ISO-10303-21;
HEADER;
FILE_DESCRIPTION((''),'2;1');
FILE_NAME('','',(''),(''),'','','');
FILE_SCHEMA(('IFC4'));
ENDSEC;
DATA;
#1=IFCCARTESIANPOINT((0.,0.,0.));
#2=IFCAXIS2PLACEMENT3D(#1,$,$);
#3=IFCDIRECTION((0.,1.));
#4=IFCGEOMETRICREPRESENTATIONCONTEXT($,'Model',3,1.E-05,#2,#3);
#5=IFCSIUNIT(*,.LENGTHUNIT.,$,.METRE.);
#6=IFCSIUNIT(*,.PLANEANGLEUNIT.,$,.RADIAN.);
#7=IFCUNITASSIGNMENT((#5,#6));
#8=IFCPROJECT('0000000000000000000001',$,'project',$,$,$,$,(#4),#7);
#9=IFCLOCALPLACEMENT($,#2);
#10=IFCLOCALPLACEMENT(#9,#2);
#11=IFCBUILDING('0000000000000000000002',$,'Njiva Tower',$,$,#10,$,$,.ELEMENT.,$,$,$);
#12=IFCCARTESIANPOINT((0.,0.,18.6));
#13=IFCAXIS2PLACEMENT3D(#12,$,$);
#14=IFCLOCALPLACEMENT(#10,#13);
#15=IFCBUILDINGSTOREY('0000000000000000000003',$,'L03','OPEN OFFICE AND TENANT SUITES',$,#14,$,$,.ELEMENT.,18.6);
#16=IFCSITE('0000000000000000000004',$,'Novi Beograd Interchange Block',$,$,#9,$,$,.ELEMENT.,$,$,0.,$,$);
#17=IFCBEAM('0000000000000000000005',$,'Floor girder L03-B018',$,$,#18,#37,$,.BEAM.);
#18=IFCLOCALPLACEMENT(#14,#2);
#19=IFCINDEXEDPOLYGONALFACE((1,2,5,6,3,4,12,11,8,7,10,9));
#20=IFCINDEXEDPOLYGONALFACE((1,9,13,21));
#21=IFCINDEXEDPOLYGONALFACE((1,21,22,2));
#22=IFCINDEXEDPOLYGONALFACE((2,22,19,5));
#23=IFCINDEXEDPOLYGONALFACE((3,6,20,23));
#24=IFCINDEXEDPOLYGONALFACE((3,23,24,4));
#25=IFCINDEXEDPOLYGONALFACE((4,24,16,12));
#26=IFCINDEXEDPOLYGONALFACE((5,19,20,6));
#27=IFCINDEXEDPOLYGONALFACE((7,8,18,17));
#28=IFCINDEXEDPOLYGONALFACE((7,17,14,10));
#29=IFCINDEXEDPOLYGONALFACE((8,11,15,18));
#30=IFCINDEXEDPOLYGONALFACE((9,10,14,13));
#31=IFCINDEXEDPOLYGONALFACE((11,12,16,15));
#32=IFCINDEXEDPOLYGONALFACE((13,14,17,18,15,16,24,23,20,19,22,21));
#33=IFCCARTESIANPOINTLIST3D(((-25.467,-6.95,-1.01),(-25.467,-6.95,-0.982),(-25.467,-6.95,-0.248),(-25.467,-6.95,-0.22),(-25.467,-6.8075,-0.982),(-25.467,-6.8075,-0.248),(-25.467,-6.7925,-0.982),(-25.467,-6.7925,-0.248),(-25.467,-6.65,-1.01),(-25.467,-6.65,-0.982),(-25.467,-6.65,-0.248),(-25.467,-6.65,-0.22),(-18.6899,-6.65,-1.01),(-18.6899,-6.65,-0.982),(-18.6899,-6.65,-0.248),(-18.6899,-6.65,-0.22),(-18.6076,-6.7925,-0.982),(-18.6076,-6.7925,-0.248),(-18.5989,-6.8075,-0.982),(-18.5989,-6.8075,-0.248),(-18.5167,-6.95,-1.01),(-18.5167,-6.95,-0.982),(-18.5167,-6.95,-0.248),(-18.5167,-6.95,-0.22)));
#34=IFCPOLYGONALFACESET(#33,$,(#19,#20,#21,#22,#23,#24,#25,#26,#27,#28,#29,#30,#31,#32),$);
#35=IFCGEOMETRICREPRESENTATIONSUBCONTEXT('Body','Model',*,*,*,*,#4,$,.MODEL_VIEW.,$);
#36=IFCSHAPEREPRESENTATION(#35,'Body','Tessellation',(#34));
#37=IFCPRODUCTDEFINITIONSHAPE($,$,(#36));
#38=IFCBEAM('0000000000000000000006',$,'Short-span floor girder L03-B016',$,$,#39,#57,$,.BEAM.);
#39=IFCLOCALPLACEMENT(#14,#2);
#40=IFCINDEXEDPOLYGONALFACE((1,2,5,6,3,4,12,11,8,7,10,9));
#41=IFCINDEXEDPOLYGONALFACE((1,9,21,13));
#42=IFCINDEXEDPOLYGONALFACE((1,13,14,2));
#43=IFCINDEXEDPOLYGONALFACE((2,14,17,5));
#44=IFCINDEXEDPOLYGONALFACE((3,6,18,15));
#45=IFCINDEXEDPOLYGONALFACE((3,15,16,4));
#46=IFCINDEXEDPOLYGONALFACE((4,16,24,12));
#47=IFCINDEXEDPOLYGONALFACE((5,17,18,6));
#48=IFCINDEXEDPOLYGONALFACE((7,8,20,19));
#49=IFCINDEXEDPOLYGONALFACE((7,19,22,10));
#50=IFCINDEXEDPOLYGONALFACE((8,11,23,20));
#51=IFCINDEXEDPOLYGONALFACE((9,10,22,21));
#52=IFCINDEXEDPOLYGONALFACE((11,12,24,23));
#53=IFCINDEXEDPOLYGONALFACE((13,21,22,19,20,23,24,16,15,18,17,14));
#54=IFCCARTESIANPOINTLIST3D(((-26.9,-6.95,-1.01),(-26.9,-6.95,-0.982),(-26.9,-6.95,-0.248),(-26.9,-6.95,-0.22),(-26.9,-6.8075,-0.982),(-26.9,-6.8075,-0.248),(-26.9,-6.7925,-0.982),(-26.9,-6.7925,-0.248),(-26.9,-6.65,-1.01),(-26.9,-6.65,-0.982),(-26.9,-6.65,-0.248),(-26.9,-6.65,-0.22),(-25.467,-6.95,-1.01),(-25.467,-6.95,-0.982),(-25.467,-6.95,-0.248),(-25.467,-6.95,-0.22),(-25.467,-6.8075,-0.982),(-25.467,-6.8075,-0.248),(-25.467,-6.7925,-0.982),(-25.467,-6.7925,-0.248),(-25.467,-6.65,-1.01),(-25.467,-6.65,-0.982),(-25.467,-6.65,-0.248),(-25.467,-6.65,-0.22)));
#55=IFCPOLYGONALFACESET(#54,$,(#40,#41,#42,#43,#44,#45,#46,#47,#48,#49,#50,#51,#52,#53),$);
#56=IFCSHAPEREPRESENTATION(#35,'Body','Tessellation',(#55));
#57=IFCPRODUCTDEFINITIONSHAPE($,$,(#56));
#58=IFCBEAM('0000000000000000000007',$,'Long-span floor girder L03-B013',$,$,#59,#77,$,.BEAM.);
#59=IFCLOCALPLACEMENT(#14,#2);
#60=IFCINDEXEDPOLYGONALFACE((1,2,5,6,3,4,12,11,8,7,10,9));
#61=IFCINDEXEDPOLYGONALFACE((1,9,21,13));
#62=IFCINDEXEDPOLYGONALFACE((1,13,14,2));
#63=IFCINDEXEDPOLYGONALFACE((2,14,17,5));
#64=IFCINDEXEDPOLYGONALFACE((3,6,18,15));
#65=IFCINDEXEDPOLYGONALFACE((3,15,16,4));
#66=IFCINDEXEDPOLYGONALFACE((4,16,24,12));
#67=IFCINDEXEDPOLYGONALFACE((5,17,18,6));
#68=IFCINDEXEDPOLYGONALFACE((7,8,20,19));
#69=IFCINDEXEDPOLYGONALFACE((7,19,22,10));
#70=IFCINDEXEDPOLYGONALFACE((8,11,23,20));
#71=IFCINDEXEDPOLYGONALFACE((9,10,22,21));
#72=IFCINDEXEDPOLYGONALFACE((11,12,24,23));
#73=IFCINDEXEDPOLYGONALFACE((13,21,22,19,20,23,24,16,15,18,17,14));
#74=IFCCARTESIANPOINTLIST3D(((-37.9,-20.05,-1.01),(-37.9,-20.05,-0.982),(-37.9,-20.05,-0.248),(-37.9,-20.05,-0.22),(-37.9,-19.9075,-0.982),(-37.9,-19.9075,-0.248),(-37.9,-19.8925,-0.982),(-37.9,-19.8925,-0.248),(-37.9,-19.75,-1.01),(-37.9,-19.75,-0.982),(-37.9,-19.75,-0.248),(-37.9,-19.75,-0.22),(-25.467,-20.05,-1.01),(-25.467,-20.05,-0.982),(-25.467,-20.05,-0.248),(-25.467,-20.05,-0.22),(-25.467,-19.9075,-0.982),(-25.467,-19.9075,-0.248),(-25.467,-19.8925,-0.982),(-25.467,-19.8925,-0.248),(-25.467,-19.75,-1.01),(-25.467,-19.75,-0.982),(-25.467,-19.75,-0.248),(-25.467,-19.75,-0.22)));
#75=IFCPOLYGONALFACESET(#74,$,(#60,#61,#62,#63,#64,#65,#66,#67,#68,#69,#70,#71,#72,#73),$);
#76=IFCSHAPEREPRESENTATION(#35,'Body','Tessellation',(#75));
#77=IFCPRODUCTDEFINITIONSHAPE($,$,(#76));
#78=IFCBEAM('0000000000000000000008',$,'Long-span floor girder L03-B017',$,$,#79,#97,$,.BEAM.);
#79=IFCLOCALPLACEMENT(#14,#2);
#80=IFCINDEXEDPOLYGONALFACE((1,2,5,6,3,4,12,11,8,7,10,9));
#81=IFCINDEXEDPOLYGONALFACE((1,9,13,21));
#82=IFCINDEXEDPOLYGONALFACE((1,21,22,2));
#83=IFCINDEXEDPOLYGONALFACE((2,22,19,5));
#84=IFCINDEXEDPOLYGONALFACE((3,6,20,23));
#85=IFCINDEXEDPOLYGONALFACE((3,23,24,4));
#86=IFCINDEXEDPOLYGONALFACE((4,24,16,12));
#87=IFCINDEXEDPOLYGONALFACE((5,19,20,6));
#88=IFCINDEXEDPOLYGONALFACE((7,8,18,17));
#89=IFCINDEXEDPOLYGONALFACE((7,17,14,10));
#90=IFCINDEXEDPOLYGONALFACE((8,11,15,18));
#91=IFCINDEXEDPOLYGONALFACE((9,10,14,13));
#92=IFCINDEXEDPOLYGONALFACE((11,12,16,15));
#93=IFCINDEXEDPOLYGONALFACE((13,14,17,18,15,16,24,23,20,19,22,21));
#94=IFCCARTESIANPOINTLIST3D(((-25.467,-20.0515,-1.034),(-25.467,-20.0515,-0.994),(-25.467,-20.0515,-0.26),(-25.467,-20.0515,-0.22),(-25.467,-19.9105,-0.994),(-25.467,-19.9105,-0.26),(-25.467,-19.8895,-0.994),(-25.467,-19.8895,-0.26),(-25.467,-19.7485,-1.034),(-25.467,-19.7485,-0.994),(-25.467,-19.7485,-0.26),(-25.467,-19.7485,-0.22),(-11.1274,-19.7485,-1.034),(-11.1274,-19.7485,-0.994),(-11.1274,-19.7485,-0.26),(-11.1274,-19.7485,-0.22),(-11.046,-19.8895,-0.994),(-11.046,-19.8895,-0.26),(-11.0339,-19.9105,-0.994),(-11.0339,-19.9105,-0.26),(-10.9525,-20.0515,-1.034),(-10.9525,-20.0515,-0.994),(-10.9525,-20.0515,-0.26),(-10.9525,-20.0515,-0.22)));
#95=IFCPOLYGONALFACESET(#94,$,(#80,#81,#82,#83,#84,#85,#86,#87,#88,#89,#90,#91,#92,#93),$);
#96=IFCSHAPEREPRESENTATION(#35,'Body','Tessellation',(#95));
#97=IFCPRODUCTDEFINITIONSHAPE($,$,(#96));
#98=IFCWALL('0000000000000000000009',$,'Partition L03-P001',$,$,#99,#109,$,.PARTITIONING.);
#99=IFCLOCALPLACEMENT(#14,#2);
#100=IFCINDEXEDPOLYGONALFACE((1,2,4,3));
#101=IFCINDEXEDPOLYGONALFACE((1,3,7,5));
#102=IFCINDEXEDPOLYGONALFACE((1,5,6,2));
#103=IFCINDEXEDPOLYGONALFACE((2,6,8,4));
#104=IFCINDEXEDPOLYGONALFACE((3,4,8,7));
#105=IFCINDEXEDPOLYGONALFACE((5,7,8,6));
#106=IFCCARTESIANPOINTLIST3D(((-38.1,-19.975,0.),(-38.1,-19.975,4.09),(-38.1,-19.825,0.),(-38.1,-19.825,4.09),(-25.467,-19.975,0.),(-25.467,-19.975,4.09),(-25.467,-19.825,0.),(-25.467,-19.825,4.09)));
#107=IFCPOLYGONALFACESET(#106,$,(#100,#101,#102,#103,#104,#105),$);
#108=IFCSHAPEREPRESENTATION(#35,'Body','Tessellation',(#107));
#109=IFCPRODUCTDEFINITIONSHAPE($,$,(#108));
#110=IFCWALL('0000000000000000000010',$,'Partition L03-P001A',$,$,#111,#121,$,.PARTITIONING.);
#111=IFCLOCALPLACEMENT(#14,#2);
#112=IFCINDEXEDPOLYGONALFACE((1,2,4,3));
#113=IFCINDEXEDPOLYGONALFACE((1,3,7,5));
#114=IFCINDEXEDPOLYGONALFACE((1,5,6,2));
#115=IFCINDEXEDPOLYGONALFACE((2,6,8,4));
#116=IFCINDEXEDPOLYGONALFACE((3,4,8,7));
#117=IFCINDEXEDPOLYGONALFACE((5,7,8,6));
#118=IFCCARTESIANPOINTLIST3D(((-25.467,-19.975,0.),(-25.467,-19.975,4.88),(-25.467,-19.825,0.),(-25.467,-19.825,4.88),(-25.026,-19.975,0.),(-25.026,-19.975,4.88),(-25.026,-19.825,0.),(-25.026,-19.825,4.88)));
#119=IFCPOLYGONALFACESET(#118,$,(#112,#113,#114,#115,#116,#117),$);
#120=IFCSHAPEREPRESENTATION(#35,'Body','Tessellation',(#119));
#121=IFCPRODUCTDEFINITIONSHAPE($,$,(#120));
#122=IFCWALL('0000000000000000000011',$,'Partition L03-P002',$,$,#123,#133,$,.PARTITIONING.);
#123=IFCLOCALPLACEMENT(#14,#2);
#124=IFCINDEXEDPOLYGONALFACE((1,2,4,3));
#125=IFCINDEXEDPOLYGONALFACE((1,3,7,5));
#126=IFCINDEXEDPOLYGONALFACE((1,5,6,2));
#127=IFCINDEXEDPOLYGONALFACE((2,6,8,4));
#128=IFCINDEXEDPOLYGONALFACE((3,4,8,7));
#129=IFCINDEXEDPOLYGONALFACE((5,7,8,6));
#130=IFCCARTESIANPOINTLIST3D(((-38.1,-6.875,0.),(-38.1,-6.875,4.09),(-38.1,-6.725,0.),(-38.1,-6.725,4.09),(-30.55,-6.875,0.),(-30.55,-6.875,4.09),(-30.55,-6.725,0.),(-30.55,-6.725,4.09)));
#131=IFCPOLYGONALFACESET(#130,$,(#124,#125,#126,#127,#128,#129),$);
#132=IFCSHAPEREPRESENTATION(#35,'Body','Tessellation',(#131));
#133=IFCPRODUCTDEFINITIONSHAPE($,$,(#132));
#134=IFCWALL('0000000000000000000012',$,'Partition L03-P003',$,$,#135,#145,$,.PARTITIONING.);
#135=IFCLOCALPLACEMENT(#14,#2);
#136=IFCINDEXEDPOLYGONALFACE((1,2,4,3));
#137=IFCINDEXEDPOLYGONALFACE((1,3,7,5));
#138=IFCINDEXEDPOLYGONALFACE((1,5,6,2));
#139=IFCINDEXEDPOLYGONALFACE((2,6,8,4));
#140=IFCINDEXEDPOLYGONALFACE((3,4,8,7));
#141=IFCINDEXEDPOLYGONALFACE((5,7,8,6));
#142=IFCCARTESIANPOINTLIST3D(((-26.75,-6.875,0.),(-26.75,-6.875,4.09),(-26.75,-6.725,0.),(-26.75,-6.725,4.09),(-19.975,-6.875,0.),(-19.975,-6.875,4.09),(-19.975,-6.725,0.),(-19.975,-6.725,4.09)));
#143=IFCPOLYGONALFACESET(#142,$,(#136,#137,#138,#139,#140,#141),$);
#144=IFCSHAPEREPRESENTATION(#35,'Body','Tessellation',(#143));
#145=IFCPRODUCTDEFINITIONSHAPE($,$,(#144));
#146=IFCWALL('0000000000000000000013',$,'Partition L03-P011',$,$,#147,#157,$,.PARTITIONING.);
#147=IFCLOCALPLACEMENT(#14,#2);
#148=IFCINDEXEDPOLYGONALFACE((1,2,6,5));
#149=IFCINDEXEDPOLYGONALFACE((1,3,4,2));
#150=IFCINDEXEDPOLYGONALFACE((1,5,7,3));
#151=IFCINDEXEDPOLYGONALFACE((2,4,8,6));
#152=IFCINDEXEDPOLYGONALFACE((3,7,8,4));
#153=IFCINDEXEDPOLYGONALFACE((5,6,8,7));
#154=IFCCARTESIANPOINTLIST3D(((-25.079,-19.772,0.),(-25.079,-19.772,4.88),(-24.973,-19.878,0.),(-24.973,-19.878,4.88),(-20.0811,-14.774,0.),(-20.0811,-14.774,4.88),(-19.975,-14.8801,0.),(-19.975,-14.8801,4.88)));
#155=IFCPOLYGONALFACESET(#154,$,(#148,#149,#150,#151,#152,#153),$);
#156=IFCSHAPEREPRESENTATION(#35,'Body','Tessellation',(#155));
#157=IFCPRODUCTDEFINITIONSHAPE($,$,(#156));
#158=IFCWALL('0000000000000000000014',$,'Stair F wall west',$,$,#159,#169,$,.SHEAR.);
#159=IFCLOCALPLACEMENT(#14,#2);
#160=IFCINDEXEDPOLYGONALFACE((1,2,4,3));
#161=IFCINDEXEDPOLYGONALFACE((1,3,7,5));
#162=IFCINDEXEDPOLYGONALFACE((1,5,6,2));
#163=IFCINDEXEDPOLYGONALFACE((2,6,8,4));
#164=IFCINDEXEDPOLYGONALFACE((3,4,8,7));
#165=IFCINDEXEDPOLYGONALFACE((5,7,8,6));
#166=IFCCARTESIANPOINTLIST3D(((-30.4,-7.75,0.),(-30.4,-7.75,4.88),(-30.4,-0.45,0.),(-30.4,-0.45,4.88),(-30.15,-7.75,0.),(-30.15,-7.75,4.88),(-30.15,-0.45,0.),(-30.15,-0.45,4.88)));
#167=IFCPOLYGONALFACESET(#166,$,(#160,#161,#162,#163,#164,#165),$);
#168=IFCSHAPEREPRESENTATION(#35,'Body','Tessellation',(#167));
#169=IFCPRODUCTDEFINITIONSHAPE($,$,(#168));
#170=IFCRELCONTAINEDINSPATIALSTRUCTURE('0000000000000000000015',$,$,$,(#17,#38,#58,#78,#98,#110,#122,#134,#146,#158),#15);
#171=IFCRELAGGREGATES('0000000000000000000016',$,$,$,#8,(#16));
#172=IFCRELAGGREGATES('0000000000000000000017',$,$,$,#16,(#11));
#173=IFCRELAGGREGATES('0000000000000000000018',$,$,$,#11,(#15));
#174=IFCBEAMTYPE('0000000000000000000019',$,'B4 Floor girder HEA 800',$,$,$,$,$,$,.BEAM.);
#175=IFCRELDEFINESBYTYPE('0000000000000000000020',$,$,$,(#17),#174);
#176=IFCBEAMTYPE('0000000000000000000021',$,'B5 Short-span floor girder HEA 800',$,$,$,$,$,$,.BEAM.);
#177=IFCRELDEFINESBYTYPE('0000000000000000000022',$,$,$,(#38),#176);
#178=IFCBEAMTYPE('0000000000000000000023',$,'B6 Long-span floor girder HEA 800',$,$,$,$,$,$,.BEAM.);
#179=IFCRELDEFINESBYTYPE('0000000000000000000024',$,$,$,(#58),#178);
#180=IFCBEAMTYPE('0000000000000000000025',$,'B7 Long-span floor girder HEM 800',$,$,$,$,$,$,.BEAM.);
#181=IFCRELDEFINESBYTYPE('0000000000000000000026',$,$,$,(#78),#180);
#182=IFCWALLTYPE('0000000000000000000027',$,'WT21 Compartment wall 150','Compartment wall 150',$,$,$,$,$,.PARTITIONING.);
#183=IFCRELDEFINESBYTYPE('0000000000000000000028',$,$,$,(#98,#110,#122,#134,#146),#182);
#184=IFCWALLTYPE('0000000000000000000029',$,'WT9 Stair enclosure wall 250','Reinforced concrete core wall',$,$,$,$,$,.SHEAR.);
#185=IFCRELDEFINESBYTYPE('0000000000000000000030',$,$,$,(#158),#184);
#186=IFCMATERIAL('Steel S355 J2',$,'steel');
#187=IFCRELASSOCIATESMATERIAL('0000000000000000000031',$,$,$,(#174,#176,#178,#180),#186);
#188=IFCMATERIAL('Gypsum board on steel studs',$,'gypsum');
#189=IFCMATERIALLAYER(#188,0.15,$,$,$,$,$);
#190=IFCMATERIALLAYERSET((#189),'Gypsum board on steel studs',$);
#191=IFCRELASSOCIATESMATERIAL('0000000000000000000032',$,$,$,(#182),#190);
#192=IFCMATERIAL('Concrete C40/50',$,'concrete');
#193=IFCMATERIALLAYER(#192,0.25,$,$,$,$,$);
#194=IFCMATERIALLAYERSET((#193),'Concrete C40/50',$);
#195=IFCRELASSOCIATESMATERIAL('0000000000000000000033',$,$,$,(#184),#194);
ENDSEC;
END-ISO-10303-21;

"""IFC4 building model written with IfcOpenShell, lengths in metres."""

from ifc_helpers import new_model, si_unit, direction, frame, frame_2d, origin, origin_2d, place, context, subcontext, project, spatial, rectangle, i_section, extrude, clip, halfspace, material, layer, layer_set, material_profile, profile_set, type_object, element, save


model = new_model("IFC4")

# Units and contexts
model_context = context("Model", 3, precision=1e-05, world=origin(), true_north=direction((0.0, 1.0)))
body_context = subcontext(model_context, "Body", "Model", "MODEL_VIEW")
ifc_project = project(units=[si_unit("LENGTHUNIT", "METRE"), si_unit("PLANEANGLEUNIT", "RADIAN")], contexts=[model_context])

# Site, building, storey
site_placement = place(None, origin())
site = spatial("IfcSite", under=ifc_project, at=site_placement, Name="Novi Beograd Interchange Block", CompositionType="ELEMENT", RefElevation=0.0)
building_placement = place(site_placement, origin())
building = spatial("IfcBuilding", under=site, at=building_placement, Name="Njiva Tower", CompositionType="ELEMENT")
storey_placement = place(building_placement, frame((0.0, 0.0, 18.6)))
storey = spatial("IfcBuildingStorey", under=building, at=storey_placement, Name="L03", Description="OPEN OFFICE AND TENANT SUITES", CompositionType="ELEMENT", Elevation=18.6)

# Shared definitions
ifc_material_1 = material(Name="Steel S355 J2", Category="steel")

# Beams
ifc_material_profile_1 = material_profile(ifc_material_1, i_section(OverallWidth=0.3, OverallDepth=0.79, WebThickness=0.015, FlangeThickness=0.028, at=origin_2d()), Name="HEA 800")
ifc_profile_set_1 = profile_set([ifc_material_profile_1], Name="Steel S355 J2")
beam_type_1 = type_object("IfcBeamType", Name="B4 Floor girder HEA 800", PredefinedType="BEAM", material=ifc_profile_set_1)
beam_1_placement = place(storey_placement, frame((-25.467, -6.8, -0.615), z_axis=(1.0, 0.0, 0.0), x_axis=(0.0, 1.0, 0.0)))
element("IfcBeam", 1, at=beam_1_placement, inside=storey, type_object=beam_type_1, Name="Floor girder L03-B018", PredefinedType="BEAM", context=body_context, shape_type="Clipping", body=[
    clip(extrude(i_section(OverallWidth=0.3, OverallDepth=0.79, WebThickness=0.015, FlangeThickness=0.028, at=origin_2d()), origin(), (0.0, 0.0, 1.0), 6.971), halfspace(frame((0.025, 0.0, 6.8493), z_axis=(0.499998, 0.0, 0.866027), x_axis=(0.0, 1.0, 0.0)), False)),
])
ifc_material_profile_2 = material_profile(ifc_material_1, i_section(OverallWidth=0.3, OverallDepth=0.79, WebThickness=0.015, FlangeThickness=0.028, at=origin_2d()), Name="HEA 800")
ifc_profile_set_2 = profile_set([ifc_material_profile_2], Name="Steel S355 J2")
beam_type_2 = type_object("IfcBeamType", Name="B5 Short-span floor girder HEA 800", PredefinedType="BEAM", material=ifc_profile_set_2)
beam_2_placement = place(storey_placement, frame((-26.9, -6.8, -0.615), z_axis=(1.0, 0.0, 0.0), x_axis=(0.0, 1.0, 0.0)))
element("IfcBeam", 2, at=beam_2_placement, inside=storey, type_object=beam_type_2, Name="Short-span floor girder L03-B016", PredefinedType="BEAM", context=body_context, shape_type="SweptSolid", body=[
    extrude(i_section(OverallWidth=0.3, OverallDepth=0.79, WebThickness=0.015, FlangeThickness=0.028, at=origin_2d()), origin(), (0.0, 0.0, 1.0), 1.433),
])
ifc_material_profile_3 = material_profile(ifc_material_1, i_section(OverallWidth=0.3, OverallDepth=0.79, WebThickness=0.015, FlangeThickness=0.028, at=origin_2d()), Name="HEA 800")
ifc_profile_set_3 = profile_set([ifc_material_profile_3], Name="Steel S355 J2")
beam_type_3 = type_object("IfcBeamType", Name="B6 Long-span floor girder HEA 800", PredefinedType="BEAM", material=ifc_profile_set_3)
beam_3_placement = place(storey_placement, frame((-37.9, -19.9, -0.615), z_axis=(1.0, 0.0, 0.0), x_axis=(0.0, 1.0, 0.0)))
element("IfcBeam", 3, at=beam_3_placement, inside=storey, type_object=beam_type_3, Name="Long-span floor girder L03-B013", PredefinedType="BEAM", context=body_context, shape_type="SweptSolid", body=[
    extrude(i_section(OverallWidth=0.3, OverallDepth=0.79, WebThickness=0.015, FlangeThickness=0.028, at=origin_2d()), origin(), (0.0, 0.0, 1.0), 12.433),
])
ifc_material_profile_4 = material_profile(ifc_material_1, i_section(OverallWidth=0.303, OverallDepth=0.814, WebThickness=0.021, FlangeThickness=0.04, at=origin_2d()), Name="HEM 800")
ifc_profile_set_4 = profile_set([ifc_material_profile_4], Name="Steel S355 J2")
beam_type_4 = type_object("IfcBeamType", Name="B7 Long-span floor girder HEM 800", PredefinedType="BEAM", material=ifc_profile_set_4)
beam_4_placement = place(storey_placement, frame((-25.467, -19.9, -0.627), z_axis=(1.0, 0.0, 0.0), x_axis=(0.0, 1.0, 0.0)))
element("IfcBeam", 4, at=beam_4_placement, inside=storey, type_object=beam_type_4, Name="Long-span floor girder L03-B017", PredefinedType="BEAM", context=body_context, shape_type="Clipping", body=[
    clip(extrude(i_section(OverallWidth=0.303, OverallDepth=0.814, WebThickness=0.021, FlangeThickness=0.04, at=origin_2d()), origin(), (0.0, 0.0, 1.0), 14.534), halfspace(frame((0.025, 0.0, 14.4126), z_axis=(0.499998, 0.0, 0.866027), x_axis=(0.0, 1.0, 0.0)), False)),
])

# Walls
ifc_material_2 = material(Name="Gypsum board on steel studs", Category="gypsum")
ifc_layer_1 = layer(ifc_material_2, 0.15)
ifc_layer_set_1 = layer_set([ifc_layer_1], Name="Gypsum board on steel studs")
wall_type_1 = type_object("IfcWallType", Name="WT21 Compartment wall 150", Description="Compartment wall 150", PredefinedType="PARTITIONING", material=ifc_layer_set_1)
wall_1_placement = place(storey_placement, frame((-38.1, -19.9, 0.0), z_axis=(0.0, 0.0, 1.0), x_axis=(1.0, 0.0, 0.0)))
element("IfcWall", 5, at=wall_1_placement, inside=storey, type_object=wall_type_1, Name="Partition L03-P001", PredefinedType="PARTITIONING", context=body_context, shape_type="SweptSolid", body=[
    extrude(rectangle(XDim=12.633, YDim=0.15, at=frame_2d((6.3165, 0.0))), origin(), (0.0, 0.0, 1.0), 4.09),
])
wall_2_placement = place(storey_placement, frame((-25.467, -19.9, 0.0), z_axis=(0.0, 0.0, 1.0), x_axis=(1.0, 0.0, 0.0)))
element("IfcWall", 6, at=wall_2_placement, inside=storey, type_object=wall_type_1, Name="Partition L03-P001A", PredefinedType="PARTITIONING", context=body_context, shape_type="SweptSolid", body=[
    extrude(rectangle(XDim=0.441, YDim=0.15, at=frame_2d((0.2205, 0.0))), origin(), (0.0, 0.0, 1.0), 4.88),
])
wall_3_placement = place(storey_placement, frame((-38.1, -6.8, 0.0), z_axis=(0.0, 0.0, 1.0), x_axis=(1.0, 0.0, 0.0)))
element("IfcWall", 7, at=wall_3_placement, inside=storey, type_object=wall_type_1, Name="Partition L03-P002", PredefinedType="PARTITIONING", context=body_context, shape_type="SweptSolid", body=[
    extrude(rectangle(XDim=7.55, YDim=0.15, at=frame_2d((3.775, 0.0))), origin(), (0.0, 0.0, 1.0), 4.09),
])
wall_4_placement = place(storey_placement, frame((-26.75, -6.8, 0.0), z_axis=(0.0, 0.0, 1.0), x_axis=(1.0, 0.0, 0.0)))
element("IfcWall", 8, at=wall_4_placement, inside=storey, type_object=wall_type_1, Name="Partition L03-P003", PredefinedType="PARTITIONING", context=body_context, shape_type="SweptSolid", body=[
    extrude(rectangle(XDim=6.775, YDim=0.15, at=frame_2d((3.3875, 0.0))), origin(), (0.0, 0.0, 1.0), 4.09),
])
wall_5_placement = place(storey_placement, frame((-25.026, -19.825, 0.0), z_axis=(0.0, 0.0, 1.0), x_axis=(0.707107, 0.707107, 0.0)))
element("IfcWall", 9, at=wall_5_placement, inside=storey, type_object=wall_type_1, Name="Partition L03-P011", PredefinedType="PARTITIONING", context=body_context, shape_type="SweptSolid", body=[
    extrude(rectangle(XDim=7.0682, YDim=0.15, at=frame_2d((3.5341, 0.0))), origin(), (0.0, 0.0, 1.0), 4.88),
])
ifc_material_3 = material(Name="Concrete C40/50", Category="concrete")
ifc_layer_2 = layer(ifc_material_3, 0.25)
ifc_layer_set_2 = layer_set([ifc_layer_2], Name="Concrete C40/50")
wall_type_2 = type_object("IfcWallType", Name="WT9 Stair enclosure wall 250", Description="Reinforced concrete core wall", PredefinedType="SHEAR", material=ifc_layer_set_2)
wall_6_placement = place(storey_placement, frame((-30.275, -7.75, 0.0), z_axis=(0.0, 0.0, 1.0), x_axis=(0.0, 1.0, 0.0)))
element("IfcWall", 10, at=wall_6_placement, inside=storey, type_object=wall_type_2, Name="Stair F wall west", PredefinedType="SHEAR", context=body_context, shape_type="SweptSolid", body=[
    extrude(rectangle(XDim=7.3, YDim=0.25, at=frame_2d((3.65, 0.0))), origin(), (0.0, 0.0, 1.0), 4.88),
])

save(model, "model.ifc")
